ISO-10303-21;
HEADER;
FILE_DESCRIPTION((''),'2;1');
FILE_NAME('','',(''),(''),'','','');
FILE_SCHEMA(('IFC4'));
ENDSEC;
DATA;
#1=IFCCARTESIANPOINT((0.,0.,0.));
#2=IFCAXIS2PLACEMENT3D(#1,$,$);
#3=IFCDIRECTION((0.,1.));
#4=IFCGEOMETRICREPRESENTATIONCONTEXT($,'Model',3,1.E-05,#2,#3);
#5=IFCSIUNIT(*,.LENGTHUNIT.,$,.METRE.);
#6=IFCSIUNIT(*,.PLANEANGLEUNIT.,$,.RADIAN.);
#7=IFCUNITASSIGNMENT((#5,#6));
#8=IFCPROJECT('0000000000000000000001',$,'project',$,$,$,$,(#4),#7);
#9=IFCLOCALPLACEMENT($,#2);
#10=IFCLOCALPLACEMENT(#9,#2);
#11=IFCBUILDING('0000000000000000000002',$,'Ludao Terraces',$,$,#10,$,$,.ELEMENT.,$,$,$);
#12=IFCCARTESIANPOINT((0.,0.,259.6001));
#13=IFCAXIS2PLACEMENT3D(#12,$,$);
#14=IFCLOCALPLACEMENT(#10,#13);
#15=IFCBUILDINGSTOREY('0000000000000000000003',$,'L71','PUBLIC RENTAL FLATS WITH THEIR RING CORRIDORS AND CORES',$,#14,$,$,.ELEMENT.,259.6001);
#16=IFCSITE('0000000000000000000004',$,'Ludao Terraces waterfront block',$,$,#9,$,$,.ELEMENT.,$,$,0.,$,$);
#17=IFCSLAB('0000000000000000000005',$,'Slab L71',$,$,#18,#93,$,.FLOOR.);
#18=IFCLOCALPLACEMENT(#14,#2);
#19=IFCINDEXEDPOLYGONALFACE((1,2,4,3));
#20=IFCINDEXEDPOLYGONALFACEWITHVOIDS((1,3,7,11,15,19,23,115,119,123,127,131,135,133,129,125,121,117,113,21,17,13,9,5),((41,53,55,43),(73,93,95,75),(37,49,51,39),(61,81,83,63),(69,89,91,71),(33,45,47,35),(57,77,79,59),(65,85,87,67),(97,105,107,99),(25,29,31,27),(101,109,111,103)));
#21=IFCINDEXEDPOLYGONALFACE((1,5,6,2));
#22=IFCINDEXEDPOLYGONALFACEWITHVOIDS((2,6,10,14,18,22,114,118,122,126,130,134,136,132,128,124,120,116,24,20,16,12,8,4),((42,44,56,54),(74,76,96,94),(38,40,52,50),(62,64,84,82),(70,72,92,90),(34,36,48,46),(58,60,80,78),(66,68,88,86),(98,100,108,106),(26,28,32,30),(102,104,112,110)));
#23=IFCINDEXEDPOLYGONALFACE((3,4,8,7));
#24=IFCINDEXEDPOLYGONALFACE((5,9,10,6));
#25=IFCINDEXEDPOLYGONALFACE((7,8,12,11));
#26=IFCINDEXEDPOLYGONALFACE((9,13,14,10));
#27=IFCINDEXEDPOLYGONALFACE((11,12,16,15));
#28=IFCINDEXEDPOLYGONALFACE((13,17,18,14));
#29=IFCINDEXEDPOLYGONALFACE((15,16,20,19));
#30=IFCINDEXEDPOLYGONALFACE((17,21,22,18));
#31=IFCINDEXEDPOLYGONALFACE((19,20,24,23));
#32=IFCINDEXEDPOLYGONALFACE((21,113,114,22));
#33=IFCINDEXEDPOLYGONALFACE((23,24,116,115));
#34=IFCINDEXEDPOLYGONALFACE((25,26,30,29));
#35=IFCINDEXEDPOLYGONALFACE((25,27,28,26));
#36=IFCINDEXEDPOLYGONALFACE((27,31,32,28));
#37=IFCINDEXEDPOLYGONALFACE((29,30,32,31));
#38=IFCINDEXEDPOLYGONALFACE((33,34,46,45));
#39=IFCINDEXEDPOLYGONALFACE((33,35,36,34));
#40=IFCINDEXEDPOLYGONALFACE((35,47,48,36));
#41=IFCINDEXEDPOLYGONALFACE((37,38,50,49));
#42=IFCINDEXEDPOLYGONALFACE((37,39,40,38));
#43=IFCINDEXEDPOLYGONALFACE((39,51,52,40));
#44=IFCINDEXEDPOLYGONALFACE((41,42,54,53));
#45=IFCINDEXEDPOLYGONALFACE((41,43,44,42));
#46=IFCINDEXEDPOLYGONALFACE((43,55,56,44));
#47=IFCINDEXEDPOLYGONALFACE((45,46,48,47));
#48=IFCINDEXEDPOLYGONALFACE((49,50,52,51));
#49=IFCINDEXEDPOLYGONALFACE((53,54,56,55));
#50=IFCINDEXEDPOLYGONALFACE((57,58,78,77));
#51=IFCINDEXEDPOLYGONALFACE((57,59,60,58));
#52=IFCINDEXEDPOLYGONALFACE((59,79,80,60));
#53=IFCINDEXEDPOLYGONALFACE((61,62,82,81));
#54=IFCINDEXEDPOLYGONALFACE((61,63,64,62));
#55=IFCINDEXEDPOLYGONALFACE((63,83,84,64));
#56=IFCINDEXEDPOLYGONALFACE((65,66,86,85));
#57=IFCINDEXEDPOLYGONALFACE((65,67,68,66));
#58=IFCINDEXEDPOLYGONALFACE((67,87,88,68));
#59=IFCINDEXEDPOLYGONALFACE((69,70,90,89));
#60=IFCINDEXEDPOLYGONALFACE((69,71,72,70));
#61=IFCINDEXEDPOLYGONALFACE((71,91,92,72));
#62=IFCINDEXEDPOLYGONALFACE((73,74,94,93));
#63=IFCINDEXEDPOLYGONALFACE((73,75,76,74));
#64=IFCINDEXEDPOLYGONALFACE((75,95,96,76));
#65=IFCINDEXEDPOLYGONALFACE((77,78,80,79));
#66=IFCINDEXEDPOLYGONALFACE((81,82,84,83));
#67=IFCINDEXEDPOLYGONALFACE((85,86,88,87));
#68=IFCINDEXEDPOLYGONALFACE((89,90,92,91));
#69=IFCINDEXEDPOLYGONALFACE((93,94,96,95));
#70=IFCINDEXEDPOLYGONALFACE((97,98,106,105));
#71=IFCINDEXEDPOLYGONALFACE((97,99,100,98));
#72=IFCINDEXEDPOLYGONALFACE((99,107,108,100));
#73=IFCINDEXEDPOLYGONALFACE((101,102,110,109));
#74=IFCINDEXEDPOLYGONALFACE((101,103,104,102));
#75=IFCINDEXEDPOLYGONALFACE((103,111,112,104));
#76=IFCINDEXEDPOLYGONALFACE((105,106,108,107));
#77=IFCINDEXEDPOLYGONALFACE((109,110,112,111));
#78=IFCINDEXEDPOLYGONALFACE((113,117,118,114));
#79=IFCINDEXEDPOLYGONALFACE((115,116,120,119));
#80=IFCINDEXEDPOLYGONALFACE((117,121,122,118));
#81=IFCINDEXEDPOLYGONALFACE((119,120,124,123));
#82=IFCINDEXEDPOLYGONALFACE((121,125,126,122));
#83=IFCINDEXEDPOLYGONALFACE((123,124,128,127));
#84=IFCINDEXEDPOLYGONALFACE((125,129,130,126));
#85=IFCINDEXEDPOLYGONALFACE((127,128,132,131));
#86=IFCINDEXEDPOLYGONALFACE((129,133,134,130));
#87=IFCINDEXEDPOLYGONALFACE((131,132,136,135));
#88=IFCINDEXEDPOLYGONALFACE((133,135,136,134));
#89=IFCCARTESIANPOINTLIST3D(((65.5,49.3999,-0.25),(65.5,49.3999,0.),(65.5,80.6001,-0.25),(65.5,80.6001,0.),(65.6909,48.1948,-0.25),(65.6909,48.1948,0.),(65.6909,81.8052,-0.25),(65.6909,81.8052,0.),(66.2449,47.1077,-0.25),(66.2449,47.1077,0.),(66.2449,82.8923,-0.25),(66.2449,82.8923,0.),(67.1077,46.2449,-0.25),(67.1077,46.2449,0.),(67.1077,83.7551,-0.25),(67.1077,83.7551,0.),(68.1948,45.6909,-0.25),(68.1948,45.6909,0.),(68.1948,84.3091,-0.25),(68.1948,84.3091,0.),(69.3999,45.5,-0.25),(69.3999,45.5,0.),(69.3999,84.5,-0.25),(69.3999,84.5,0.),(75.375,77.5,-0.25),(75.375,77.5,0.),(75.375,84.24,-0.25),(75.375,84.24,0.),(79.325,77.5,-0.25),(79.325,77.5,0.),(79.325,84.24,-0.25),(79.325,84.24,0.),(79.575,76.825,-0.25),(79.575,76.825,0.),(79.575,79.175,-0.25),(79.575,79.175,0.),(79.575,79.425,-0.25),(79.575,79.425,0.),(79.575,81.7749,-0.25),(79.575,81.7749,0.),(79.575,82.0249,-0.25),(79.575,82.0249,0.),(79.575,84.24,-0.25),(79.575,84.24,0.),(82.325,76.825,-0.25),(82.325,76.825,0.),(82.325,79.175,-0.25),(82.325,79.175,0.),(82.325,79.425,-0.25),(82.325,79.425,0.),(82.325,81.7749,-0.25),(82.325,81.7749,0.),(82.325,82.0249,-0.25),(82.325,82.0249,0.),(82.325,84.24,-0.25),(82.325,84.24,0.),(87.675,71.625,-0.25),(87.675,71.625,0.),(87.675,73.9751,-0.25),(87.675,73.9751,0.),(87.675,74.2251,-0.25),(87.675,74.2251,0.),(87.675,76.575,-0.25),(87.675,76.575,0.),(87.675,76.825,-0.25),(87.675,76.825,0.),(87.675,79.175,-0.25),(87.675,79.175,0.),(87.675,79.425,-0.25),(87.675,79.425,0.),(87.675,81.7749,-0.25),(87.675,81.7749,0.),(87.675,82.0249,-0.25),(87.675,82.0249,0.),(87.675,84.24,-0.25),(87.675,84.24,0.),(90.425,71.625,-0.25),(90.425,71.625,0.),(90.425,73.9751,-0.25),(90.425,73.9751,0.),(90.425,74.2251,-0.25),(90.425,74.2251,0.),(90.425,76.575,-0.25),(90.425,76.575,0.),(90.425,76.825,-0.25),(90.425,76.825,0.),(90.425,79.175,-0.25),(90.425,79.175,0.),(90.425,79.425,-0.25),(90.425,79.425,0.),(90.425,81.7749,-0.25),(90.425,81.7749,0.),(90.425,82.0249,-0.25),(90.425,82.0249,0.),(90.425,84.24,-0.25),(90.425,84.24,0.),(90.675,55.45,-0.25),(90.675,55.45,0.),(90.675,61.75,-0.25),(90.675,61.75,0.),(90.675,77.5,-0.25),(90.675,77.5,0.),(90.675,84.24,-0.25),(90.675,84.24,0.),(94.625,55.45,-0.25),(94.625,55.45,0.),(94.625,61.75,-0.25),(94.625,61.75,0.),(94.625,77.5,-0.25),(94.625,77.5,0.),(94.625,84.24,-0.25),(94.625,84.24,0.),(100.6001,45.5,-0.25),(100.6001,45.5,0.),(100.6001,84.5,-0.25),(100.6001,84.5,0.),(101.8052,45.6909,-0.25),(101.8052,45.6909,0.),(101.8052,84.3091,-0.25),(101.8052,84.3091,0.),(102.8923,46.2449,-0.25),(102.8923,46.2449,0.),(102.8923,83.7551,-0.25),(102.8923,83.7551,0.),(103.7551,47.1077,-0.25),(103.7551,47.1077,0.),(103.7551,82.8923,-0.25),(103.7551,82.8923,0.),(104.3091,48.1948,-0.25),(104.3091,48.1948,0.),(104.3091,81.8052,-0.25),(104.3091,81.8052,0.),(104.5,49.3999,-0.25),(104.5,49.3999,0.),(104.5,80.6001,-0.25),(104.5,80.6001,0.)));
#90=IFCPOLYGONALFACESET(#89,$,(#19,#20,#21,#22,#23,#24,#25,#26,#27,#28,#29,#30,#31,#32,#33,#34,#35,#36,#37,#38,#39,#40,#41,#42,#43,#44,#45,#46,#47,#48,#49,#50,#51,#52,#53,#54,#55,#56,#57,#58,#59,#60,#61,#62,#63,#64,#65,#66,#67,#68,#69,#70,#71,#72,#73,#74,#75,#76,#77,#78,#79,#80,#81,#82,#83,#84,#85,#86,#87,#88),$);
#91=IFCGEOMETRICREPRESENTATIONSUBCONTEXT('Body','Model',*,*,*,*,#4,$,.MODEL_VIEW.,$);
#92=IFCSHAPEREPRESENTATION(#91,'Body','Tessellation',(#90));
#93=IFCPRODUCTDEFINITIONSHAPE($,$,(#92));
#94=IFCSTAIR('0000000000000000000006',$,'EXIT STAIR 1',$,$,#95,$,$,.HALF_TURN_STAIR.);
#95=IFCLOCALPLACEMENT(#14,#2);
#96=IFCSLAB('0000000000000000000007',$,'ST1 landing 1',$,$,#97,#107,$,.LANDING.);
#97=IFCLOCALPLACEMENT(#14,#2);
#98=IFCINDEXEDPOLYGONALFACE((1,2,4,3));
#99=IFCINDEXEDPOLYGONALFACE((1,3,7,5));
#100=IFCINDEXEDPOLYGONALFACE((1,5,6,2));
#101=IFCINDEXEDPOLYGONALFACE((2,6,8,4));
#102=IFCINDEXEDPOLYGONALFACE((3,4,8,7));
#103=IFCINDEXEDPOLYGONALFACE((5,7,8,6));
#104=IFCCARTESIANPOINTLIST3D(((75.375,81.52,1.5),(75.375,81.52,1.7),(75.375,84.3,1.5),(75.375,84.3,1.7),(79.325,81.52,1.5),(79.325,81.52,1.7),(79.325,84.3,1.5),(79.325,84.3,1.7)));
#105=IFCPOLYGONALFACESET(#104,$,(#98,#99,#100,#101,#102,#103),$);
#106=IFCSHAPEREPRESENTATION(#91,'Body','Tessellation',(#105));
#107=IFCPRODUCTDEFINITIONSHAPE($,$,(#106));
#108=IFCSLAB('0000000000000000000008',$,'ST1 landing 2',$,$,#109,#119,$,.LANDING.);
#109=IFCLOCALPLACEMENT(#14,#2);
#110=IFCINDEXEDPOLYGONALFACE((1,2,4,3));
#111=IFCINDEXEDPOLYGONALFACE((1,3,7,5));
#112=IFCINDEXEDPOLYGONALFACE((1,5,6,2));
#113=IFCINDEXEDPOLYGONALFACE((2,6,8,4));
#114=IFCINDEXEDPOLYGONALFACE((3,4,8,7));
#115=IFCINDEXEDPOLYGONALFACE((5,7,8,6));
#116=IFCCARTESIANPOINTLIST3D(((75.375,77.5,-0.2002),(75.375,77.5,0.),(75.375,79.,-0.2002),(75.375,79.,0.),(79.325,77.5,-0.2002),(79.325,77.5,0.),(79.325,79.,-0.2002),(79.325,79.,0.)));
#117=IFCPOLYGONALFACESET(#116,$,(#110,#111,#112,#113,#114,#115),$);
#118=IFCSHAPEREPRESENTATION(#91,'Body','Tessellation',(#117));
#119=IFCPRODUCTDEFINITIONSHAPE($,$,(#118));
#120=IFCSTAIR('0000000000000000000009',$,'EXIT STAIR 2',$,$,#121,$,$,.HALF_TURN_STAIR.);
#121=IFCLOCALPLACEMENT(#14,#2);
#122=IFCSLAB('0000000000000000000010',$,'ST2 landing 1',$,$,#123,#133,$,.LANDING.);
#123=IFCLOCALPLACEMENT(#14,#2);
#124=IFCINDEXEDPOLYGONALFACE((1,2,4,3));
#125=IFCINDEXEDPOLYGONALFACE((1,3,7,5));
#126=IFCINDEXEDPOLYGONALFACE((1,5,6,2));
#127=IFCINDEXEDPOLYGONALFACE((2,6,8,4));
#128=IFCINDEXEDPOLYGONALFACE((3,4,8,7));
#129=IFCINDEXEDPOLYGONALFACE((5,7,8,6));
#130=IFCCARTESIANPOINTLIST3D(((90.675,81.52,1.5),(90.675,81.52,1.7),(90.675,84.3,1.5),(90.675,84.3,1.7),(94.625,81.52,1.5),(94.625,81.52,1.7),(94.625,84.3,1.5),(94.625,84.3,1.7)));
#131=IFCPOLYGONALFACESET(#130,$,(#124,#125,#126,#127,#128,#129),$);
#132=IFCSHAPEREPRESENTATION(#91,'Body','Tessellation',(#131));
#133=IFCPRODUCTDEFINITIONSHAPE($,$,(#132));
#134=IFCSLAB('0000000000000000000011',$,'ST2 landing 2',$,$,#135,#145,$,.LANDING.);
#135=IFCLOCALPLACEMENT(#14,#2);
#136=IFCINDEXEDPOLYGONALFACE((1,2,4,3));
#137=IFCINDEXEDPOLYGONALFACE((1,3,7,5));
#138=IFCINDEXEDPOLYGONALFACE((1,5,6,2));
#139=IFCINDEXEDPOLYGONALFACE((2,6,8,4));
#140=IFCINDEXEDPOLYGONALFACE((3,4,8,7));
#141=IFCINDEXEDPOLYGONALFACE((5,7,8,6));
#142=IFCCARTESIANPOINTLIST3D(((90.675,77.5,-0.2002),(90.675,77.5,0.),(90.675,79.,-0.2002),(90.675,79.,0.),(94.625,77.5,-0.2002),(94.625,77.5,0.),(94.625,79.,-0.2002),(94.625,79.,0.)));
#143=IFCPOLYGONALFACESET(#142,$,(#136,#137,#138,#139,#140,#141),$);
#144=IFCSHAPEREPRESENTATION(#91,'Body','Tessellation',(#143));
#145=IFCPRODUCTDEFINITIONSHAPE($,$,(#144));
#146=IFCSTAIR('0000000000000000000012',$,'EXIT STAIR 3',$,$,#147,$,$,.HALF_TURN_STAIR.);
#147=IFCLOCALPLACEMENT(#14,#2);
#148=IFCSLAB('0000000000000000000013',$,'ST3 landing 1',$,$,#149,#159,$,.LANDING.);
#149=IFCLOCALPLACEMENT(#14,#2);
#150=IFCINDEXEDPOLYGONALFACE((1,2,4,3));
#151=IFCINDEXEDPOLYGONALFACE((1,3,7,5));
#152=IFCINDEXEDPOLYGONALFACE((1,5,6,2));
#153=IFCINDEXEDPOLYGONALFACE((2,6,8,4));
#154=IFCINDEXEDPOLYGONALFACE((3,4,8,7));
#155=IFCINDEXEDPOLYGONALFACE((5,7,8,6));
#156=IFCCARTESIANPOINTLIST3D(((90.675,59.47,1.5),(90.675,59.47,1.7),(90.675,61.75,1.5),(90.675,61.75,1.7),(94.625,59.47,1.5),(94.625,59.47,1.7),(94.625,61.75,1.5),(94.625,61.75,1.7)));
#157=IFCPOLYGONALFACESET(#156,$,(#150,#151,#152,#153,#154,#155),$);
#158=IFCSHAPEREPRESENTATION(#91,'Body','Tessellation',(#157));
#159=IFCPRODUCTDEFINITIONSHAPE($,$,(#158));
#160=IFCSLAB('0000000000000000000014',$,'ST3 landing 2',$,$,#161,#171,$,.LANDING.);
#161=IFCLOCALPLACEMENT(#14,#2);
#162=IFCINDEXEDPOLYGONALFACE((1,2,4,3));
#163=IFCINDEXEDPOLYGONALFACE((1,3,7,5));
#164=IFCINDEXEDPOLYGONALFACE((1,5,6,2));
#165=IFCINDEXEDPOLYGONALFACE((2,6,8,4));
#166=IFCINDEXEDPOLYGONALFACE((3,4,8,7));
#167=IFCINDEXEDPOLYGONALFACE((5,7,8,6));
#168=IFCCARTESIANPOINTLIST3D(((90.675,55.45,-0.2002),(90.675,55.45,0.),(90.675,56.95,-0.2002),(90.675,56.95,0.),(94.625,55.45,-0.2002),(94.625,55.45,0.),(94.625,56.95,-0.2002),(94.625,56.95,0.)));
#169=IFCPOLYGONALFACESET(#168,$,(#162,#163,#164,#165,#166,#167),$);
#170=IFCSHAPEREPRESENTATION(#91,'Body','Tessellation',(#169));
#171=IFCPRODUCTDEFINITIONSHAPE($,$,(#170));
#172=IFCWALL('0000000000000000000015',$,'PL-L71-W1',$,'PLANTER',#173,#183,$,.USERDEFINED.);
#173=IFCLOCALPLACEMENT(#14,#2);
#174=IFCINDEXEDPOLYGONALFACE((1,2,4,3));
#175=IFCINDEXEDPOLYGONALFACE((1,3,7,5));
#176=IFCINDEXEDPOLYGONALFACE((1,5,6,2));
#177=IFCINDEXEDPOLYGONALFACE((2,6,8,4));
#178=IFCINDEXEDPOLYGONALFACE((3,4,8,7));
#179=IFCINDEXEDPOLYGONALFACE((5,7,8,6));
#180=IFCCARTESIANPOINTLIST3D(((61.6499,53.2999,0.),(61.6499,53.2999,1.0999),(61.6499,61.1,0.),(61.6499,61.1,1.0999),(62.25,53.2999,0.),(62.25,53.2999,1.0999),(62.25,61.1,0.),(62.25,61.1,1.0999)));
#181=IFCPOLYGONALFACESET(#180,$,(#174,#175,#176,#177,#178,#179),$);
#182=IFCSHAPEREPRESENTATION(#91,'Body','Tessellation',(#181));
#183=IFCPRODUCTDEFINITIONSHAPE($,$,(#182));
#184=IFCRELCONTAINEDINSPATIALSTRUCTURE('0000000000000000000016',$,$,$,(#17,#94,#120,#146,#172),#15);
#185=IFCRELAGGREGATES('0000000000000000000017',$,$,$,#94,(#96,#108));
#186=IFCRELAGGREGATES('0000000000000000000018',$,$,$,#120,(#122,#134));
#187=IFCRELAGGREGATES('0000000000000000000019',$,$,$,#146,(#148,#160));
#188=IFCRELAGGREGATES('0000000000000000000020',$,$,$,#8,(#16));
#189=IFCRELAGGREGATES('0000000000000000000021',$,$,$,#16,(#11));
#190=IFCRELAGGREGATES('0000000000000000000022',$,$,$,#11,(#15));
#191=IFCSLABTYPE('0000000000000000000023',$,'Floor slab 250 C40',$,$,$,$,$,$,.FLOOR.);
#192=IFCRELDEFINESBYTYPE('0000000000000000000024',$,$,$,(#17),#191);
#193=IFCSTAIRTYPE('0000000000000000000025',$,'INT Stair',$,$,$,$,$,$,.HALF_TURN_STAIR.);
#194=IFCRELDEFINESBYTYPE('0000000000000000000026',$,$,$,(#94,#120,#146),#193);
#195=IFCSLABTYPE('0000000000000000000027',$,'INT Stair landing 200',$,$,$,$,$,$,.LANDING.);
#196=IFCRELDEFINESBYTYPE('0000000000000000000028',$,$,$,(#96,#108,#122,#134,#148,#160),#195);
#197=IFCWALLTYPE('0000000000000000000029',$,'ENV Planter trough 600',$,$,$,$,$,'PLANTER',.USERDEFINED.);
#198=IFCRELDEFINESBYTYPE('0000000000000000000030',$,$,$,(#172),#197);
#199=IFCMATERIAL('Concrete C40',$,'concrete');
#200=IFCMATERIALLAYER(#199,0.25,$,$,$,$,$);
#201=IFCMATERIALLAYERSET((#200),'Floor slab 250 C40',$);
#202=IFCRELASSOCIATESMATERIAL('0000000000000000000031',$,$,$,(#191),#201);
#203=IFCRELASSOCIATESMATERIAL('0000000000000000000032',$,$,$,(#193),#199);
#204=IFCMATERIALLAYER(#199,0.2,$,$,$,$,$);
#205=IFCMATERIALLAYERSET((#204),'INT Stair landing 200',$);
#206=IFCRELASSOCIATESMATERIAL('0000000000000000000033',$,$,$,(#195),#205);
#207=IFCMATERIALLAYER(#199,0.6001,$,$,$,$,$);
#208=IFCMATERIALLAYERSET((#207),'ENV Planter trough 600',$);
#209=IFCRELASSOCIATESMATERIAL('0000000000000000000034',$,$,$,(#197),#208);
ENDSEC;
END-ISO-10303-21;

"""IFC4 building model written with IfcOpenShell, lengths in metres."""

from ifc_helpers import new_model, si_unit, direction, frame, frame_2d, origin, place, context, subcontext, project, spatial, polyline, rectangle, outline, extrude, material, layer, layer_set, type_object, element, aggregate, save


model = new_model("IFC4")

# Units and contexts
model_context = context("Model", 3, precision=1e-05, world=origin(), true_north=direction((0.0, 1.0)))
body_context = subcontext(model_context, "Body", "Model", "MODEL_VIEW")
ifc_project = project(units=[si_unit("LENGTHUNIT", "METRE"), si_unit("PLANEANGLEUNIT", "RADIAN")], contexts=[model_context])

# Site, building, storey
site_placement = place(None, origin())
site = spatial("IfcSite", under=ifc_project, at=site_placement, Name="Ludao Terraces waterfront block", CompositionType="ELEMENT", RefElevation=0.0)
building_placement = place(site_placement, origin())
building = spatial("IfcBuilding", under=site, at=building_placement, Name="Ludao Terraces", CompositionType="ELEMENT")
storey_placement = place(building_placement, frame((0.0, 0.0, 259.6001)))
storey = spatial("IfcBuildingStorey", under=building, at=storey_placement, Name="L71", Description="PUBLIC RENTAL FLATS WITH THEIR RING CORRIDORS AND CORES", CompositionType="ELEMENT", Elevation=259.6001)

# Shared definitions
ifc_material_1 = material(Name="Concrete C40", Category="concrete")

# Slab
ifc_layer_1 = layer(ifc_material_1, 0.25)
ifc_layer_set_1 = layer_set([ifc_layer_1], Name="Floor slab 250 C40")
slab_type_1 = type_object("IfcSlabType", Name="Floor slab 250 C40", PredefinedType="FLOOR", material=ifc_layer_set_1)
slab_1_placement = place(storey_placement, frame((0.0, 0.0, -0.25)))
element("IfcSlab", 1, at=slab_1_placement, inside=storey, type_object=slab_type_1, Name="Slab L71", PredefinedType="FLOOR", context=body_context, shape_type="SweptSolid", body=[
    extrude(outline(polyline([(100.6001, 45.5), (101.8052, 45.6909), (102.8923, 46.2449), (103.7551, 47.1077), (104.3091, 48.1948), (104.5, 49.3999), (104.5, 80.6001), (104.3091, 81.8052), (103.7551, 82.8923), (102.8923, 83.7551), (101.8052, 84.3091), (100.6001, 84.5), (69.3999, 84.5), (68.1948, 84.3091), (67.1077, 83.7551), (66.2449, 82.8923), (65.6909, 81.8052), (65.5, 80.6001), (65.5, 49.3999), (65.6909, 48.1948), (66.2449, 47.1077), (67.1077, 46.2449), (68.1948, 45.6909), (69.3999, 45.5), (100.6001, 45.5)]), holes=[polyline([(79.575, 76.825), (82.325, 76.825), (82.325, 79.175), (79.575, 79.175), (79.575, 76.825)]), polyline([(79.575, 79.425), (82.325, 79.425), (82.325, 81.7749), (79.575, 81.7749), (79.575, 79.425)]), polyline([(79.575, 82.0249), (82.325, 82.0249), (82.325, 84.24), (79.575, 84.24), (79.575, 82.0249)]), polyline([(87.675, 71.625), (90.425, 71.625), (90.425, 73.9751), (87.675, 73.9751), (87.675, 71.625)]), polyline([(87.675, 74.2251), (90.425, 74.2251), (90.425, 76.575), (87.675, 76.575), (87.675, 74.2251)]), polyline([(87.675, 76.825), (90.425, 76.825), (90.425, 79.175), (87.675, 79.175), (87.675, 76.825)]), polyline([(87.675, 79.425), (90.425, 79.425), (90.425, 81.7749), (87.675, 81.7749), (87.675, 79.425)]), polyline([(87.675, 82.0249), (90.425, 82.0249), (90.425, 84.24), (87.675, 84.24), (87.675, 82.0249)]), polyline([(75.375, 77.5), (79.325, 77.5), (79.325, 84.24), (75.375, 84.24), (75.375, 77.5)]), polyline([(90.675, 77.5), (94.625, 77.5), (94.625, 84.24), (90.675, 84.24), (90.675, 77.5)]), polyline([(90.675, 55.45), (94.625, 55.45), (94.625, 61.75), (90.675, 61.75), (90.675, 55.45)])]), origin(), (0.0, 0.0, 1.0), 0.25),
])

# Stairs, slabs
stair_type = type_object("IfcStairType", Name="INT Stair", PredefinedType="HALF_TURN_STAIR", material=ifc_material_1)
stair_1_placement = place(storey_placement, origin())
stair_1 = element("IfcStair", 2, at=stair_1_placement, inside=storey, type_object=stair_type, Name="EXIT STAIR 1", PredefinedType="HALF_TURN_STAIR")
ifc_layer_2 = layer(ifc_material_1, 0.2)
ifc_layer_set_2 = layer_set([ifc_layer_2], Name="INT Stair landing 200")
slab_type_2 = type_object("IfcSlabType", Name="INT Stair landing 200", PredefinedType="LANDING", material=ifc_layer_set_2)
slab_2_placement = place(storey_placement, frame((0.0, 0.0, 1.5)))
slab_2 = element("IfcSlab", 3, at=slab_2_placement, type_object=slab_type_2, Name="ST1 landing 1", PredefinedType="LANDING", context=body_context, shape_type="SweptSolid", body=[
    extrude(outline(polyline([(75.375, 81.52), (79.325, 81.52), (79.325, 84.3), (75.375, 84.3), (75.375, 81.52)])), origin(), (0.0, 0.0, 1.0), 0.2),
])
slab_3_placement = place(storey_placement, frame((0.0, 0.0, -0.2002)))
slab_3 = element("IfcSlab", 4, at=slab_3_placement, type_object=slab_type_2, Name="ST1 landing 2", PredefinedType="LANDING", context=body_context, shape_type="SweptSolid", body=[
    extrude(outline(polyline([(75.375, 77.5), (79.325, 77.5), (79.325, 79.0), (75.375, 79.0), (75.375, 77.5)])), origin(), (0.0, 0.0, 1.0), 0.2002),
])
aggregate(stair_1, [slab_2, slab_3])
stair_2_placement = place(storey_placement, origin())
stair_2 = element("IfcStair", 5, at=stair_2_placement, inside=storey, type_object=stair_type, Name="EXIT STAIR 2", PredefinedType="HALF_TURN_STAIR")
slab_4_placement = place(storey_placement, frame((0.0, 0.0, 1.5)))
slab_4 = element("IfcSlab", 6, at=slab_4_placement, type_object=slab_type_2, Name="ST2 landing 1", PredefinedType="LANDING", context=body_context, shape_type="SweptSolid", body=[
    extrude(outline(polyline([(90.675, 81.52), (94.625, 81.52), (94.625, 84.3), (90.675, 84.3), (90.675, 81.52)])), origin(), (0.0, 0.0, 1.0), 0.2),
])
slab_5_placement = place(storey_placement, frame((0.0, 0.0, -0.2002)))
slab_5 = element("IfcSlab", 7, at=slab_5_placement, type_object=slab_type_2, Name="ST2 landing 2", PredefinedType="LANDING", context=body_context, shape_type="SweptSolid", body=[
    extrude(outline(polyline([(90.675, 77.5), (94.625, 77.5), (94.625, 79.0), (90.675, 79.0), (90.675, 77.5)])), origin(), (0.0, 0.0, 1.0), 0.2002),
])
aggregate(stair_2, [slab_4, slab_5])
stair_3_placement = place(storey_placement, origin())
stair_3 = element("IfcStair", 8, at=stair_3_placement, inside=storey, type_object=stair_type, Name="EXIT STAIR 3", PredefinedType="HALF_TURN_STAIR")
slab_6_placement = place(storey_placement, frame((0.0, 0.0, 1.5)))
slab_6 = element("IfcSlab", 9, at=slab_6_placement, type_object=slab_type_2, Name="ST3 landing 1", PredefinedType="LANDING", context=body_context, shape_type="SweptSolid", body=[
    extrude(outline(polyline([(90.675, 59.47), (94.625, 59.47), (94.625, 61.75), (90.675, 61.75), (90.675, 59.47)])), origin(), (0.0, 0.0, 1.0), 0.2),
])
slab_7_placement = place(storey_placement, frame((0.0, 0.0, -0.2002)))
slab_7 = element("IfcSlab", 10, at=slab_7_placement, type_object=slab_type_2, Name="ST3 landing 2", PredefinedType="LANDING", context=body_context, shape_type="SweptSolid", body=[
    extrude(outline(polyline([(90.675, 55.45), (94.625, 55.45), (94.625, 56.95), (90.675, 56.95), (90.675, 55.45)])), origin(), (0.0, 0.0, 1.0), 0.2002),
])
aggregate(stair_3, [slab_6, slab_7])

# Wall
ifc_layer_3 = layer(ifc_material_1, 0.6001)
ifc_layer_set_3 = layer_set([ifc_layer_3], Name="ENV Planter trough 600")
wall_type = type_object("IfcWallType", Name="ENV Planter trough 600", ElementType="PLANTER", PredefinedType="USERDEFINED", material=ifc_layer_set_3)
wall_1_placement = place(storey_placement, frame((61.95, 53.3, 0.0), z_axis=(0.0, 0.0, 1.0), x_axis=(0.0, 1.0, 0.0)))
element("IfcWall", 11, at=wall_1_placement, inside=storey, type_object=wall_type, Name="PL-L71-W1", ObjectType="PLANTER", PredefinedType="USERDEFINED", context=body_context, shape_type="SweptSolid", body=[
    extrude(rectangle(XDim=7.8, YDim=0.6001, at=frame_2d((3.8999, 0.0))), origin(), (0.0, 0.0, 1.0), 1.0999),
])

save(model, "model.ifc")
